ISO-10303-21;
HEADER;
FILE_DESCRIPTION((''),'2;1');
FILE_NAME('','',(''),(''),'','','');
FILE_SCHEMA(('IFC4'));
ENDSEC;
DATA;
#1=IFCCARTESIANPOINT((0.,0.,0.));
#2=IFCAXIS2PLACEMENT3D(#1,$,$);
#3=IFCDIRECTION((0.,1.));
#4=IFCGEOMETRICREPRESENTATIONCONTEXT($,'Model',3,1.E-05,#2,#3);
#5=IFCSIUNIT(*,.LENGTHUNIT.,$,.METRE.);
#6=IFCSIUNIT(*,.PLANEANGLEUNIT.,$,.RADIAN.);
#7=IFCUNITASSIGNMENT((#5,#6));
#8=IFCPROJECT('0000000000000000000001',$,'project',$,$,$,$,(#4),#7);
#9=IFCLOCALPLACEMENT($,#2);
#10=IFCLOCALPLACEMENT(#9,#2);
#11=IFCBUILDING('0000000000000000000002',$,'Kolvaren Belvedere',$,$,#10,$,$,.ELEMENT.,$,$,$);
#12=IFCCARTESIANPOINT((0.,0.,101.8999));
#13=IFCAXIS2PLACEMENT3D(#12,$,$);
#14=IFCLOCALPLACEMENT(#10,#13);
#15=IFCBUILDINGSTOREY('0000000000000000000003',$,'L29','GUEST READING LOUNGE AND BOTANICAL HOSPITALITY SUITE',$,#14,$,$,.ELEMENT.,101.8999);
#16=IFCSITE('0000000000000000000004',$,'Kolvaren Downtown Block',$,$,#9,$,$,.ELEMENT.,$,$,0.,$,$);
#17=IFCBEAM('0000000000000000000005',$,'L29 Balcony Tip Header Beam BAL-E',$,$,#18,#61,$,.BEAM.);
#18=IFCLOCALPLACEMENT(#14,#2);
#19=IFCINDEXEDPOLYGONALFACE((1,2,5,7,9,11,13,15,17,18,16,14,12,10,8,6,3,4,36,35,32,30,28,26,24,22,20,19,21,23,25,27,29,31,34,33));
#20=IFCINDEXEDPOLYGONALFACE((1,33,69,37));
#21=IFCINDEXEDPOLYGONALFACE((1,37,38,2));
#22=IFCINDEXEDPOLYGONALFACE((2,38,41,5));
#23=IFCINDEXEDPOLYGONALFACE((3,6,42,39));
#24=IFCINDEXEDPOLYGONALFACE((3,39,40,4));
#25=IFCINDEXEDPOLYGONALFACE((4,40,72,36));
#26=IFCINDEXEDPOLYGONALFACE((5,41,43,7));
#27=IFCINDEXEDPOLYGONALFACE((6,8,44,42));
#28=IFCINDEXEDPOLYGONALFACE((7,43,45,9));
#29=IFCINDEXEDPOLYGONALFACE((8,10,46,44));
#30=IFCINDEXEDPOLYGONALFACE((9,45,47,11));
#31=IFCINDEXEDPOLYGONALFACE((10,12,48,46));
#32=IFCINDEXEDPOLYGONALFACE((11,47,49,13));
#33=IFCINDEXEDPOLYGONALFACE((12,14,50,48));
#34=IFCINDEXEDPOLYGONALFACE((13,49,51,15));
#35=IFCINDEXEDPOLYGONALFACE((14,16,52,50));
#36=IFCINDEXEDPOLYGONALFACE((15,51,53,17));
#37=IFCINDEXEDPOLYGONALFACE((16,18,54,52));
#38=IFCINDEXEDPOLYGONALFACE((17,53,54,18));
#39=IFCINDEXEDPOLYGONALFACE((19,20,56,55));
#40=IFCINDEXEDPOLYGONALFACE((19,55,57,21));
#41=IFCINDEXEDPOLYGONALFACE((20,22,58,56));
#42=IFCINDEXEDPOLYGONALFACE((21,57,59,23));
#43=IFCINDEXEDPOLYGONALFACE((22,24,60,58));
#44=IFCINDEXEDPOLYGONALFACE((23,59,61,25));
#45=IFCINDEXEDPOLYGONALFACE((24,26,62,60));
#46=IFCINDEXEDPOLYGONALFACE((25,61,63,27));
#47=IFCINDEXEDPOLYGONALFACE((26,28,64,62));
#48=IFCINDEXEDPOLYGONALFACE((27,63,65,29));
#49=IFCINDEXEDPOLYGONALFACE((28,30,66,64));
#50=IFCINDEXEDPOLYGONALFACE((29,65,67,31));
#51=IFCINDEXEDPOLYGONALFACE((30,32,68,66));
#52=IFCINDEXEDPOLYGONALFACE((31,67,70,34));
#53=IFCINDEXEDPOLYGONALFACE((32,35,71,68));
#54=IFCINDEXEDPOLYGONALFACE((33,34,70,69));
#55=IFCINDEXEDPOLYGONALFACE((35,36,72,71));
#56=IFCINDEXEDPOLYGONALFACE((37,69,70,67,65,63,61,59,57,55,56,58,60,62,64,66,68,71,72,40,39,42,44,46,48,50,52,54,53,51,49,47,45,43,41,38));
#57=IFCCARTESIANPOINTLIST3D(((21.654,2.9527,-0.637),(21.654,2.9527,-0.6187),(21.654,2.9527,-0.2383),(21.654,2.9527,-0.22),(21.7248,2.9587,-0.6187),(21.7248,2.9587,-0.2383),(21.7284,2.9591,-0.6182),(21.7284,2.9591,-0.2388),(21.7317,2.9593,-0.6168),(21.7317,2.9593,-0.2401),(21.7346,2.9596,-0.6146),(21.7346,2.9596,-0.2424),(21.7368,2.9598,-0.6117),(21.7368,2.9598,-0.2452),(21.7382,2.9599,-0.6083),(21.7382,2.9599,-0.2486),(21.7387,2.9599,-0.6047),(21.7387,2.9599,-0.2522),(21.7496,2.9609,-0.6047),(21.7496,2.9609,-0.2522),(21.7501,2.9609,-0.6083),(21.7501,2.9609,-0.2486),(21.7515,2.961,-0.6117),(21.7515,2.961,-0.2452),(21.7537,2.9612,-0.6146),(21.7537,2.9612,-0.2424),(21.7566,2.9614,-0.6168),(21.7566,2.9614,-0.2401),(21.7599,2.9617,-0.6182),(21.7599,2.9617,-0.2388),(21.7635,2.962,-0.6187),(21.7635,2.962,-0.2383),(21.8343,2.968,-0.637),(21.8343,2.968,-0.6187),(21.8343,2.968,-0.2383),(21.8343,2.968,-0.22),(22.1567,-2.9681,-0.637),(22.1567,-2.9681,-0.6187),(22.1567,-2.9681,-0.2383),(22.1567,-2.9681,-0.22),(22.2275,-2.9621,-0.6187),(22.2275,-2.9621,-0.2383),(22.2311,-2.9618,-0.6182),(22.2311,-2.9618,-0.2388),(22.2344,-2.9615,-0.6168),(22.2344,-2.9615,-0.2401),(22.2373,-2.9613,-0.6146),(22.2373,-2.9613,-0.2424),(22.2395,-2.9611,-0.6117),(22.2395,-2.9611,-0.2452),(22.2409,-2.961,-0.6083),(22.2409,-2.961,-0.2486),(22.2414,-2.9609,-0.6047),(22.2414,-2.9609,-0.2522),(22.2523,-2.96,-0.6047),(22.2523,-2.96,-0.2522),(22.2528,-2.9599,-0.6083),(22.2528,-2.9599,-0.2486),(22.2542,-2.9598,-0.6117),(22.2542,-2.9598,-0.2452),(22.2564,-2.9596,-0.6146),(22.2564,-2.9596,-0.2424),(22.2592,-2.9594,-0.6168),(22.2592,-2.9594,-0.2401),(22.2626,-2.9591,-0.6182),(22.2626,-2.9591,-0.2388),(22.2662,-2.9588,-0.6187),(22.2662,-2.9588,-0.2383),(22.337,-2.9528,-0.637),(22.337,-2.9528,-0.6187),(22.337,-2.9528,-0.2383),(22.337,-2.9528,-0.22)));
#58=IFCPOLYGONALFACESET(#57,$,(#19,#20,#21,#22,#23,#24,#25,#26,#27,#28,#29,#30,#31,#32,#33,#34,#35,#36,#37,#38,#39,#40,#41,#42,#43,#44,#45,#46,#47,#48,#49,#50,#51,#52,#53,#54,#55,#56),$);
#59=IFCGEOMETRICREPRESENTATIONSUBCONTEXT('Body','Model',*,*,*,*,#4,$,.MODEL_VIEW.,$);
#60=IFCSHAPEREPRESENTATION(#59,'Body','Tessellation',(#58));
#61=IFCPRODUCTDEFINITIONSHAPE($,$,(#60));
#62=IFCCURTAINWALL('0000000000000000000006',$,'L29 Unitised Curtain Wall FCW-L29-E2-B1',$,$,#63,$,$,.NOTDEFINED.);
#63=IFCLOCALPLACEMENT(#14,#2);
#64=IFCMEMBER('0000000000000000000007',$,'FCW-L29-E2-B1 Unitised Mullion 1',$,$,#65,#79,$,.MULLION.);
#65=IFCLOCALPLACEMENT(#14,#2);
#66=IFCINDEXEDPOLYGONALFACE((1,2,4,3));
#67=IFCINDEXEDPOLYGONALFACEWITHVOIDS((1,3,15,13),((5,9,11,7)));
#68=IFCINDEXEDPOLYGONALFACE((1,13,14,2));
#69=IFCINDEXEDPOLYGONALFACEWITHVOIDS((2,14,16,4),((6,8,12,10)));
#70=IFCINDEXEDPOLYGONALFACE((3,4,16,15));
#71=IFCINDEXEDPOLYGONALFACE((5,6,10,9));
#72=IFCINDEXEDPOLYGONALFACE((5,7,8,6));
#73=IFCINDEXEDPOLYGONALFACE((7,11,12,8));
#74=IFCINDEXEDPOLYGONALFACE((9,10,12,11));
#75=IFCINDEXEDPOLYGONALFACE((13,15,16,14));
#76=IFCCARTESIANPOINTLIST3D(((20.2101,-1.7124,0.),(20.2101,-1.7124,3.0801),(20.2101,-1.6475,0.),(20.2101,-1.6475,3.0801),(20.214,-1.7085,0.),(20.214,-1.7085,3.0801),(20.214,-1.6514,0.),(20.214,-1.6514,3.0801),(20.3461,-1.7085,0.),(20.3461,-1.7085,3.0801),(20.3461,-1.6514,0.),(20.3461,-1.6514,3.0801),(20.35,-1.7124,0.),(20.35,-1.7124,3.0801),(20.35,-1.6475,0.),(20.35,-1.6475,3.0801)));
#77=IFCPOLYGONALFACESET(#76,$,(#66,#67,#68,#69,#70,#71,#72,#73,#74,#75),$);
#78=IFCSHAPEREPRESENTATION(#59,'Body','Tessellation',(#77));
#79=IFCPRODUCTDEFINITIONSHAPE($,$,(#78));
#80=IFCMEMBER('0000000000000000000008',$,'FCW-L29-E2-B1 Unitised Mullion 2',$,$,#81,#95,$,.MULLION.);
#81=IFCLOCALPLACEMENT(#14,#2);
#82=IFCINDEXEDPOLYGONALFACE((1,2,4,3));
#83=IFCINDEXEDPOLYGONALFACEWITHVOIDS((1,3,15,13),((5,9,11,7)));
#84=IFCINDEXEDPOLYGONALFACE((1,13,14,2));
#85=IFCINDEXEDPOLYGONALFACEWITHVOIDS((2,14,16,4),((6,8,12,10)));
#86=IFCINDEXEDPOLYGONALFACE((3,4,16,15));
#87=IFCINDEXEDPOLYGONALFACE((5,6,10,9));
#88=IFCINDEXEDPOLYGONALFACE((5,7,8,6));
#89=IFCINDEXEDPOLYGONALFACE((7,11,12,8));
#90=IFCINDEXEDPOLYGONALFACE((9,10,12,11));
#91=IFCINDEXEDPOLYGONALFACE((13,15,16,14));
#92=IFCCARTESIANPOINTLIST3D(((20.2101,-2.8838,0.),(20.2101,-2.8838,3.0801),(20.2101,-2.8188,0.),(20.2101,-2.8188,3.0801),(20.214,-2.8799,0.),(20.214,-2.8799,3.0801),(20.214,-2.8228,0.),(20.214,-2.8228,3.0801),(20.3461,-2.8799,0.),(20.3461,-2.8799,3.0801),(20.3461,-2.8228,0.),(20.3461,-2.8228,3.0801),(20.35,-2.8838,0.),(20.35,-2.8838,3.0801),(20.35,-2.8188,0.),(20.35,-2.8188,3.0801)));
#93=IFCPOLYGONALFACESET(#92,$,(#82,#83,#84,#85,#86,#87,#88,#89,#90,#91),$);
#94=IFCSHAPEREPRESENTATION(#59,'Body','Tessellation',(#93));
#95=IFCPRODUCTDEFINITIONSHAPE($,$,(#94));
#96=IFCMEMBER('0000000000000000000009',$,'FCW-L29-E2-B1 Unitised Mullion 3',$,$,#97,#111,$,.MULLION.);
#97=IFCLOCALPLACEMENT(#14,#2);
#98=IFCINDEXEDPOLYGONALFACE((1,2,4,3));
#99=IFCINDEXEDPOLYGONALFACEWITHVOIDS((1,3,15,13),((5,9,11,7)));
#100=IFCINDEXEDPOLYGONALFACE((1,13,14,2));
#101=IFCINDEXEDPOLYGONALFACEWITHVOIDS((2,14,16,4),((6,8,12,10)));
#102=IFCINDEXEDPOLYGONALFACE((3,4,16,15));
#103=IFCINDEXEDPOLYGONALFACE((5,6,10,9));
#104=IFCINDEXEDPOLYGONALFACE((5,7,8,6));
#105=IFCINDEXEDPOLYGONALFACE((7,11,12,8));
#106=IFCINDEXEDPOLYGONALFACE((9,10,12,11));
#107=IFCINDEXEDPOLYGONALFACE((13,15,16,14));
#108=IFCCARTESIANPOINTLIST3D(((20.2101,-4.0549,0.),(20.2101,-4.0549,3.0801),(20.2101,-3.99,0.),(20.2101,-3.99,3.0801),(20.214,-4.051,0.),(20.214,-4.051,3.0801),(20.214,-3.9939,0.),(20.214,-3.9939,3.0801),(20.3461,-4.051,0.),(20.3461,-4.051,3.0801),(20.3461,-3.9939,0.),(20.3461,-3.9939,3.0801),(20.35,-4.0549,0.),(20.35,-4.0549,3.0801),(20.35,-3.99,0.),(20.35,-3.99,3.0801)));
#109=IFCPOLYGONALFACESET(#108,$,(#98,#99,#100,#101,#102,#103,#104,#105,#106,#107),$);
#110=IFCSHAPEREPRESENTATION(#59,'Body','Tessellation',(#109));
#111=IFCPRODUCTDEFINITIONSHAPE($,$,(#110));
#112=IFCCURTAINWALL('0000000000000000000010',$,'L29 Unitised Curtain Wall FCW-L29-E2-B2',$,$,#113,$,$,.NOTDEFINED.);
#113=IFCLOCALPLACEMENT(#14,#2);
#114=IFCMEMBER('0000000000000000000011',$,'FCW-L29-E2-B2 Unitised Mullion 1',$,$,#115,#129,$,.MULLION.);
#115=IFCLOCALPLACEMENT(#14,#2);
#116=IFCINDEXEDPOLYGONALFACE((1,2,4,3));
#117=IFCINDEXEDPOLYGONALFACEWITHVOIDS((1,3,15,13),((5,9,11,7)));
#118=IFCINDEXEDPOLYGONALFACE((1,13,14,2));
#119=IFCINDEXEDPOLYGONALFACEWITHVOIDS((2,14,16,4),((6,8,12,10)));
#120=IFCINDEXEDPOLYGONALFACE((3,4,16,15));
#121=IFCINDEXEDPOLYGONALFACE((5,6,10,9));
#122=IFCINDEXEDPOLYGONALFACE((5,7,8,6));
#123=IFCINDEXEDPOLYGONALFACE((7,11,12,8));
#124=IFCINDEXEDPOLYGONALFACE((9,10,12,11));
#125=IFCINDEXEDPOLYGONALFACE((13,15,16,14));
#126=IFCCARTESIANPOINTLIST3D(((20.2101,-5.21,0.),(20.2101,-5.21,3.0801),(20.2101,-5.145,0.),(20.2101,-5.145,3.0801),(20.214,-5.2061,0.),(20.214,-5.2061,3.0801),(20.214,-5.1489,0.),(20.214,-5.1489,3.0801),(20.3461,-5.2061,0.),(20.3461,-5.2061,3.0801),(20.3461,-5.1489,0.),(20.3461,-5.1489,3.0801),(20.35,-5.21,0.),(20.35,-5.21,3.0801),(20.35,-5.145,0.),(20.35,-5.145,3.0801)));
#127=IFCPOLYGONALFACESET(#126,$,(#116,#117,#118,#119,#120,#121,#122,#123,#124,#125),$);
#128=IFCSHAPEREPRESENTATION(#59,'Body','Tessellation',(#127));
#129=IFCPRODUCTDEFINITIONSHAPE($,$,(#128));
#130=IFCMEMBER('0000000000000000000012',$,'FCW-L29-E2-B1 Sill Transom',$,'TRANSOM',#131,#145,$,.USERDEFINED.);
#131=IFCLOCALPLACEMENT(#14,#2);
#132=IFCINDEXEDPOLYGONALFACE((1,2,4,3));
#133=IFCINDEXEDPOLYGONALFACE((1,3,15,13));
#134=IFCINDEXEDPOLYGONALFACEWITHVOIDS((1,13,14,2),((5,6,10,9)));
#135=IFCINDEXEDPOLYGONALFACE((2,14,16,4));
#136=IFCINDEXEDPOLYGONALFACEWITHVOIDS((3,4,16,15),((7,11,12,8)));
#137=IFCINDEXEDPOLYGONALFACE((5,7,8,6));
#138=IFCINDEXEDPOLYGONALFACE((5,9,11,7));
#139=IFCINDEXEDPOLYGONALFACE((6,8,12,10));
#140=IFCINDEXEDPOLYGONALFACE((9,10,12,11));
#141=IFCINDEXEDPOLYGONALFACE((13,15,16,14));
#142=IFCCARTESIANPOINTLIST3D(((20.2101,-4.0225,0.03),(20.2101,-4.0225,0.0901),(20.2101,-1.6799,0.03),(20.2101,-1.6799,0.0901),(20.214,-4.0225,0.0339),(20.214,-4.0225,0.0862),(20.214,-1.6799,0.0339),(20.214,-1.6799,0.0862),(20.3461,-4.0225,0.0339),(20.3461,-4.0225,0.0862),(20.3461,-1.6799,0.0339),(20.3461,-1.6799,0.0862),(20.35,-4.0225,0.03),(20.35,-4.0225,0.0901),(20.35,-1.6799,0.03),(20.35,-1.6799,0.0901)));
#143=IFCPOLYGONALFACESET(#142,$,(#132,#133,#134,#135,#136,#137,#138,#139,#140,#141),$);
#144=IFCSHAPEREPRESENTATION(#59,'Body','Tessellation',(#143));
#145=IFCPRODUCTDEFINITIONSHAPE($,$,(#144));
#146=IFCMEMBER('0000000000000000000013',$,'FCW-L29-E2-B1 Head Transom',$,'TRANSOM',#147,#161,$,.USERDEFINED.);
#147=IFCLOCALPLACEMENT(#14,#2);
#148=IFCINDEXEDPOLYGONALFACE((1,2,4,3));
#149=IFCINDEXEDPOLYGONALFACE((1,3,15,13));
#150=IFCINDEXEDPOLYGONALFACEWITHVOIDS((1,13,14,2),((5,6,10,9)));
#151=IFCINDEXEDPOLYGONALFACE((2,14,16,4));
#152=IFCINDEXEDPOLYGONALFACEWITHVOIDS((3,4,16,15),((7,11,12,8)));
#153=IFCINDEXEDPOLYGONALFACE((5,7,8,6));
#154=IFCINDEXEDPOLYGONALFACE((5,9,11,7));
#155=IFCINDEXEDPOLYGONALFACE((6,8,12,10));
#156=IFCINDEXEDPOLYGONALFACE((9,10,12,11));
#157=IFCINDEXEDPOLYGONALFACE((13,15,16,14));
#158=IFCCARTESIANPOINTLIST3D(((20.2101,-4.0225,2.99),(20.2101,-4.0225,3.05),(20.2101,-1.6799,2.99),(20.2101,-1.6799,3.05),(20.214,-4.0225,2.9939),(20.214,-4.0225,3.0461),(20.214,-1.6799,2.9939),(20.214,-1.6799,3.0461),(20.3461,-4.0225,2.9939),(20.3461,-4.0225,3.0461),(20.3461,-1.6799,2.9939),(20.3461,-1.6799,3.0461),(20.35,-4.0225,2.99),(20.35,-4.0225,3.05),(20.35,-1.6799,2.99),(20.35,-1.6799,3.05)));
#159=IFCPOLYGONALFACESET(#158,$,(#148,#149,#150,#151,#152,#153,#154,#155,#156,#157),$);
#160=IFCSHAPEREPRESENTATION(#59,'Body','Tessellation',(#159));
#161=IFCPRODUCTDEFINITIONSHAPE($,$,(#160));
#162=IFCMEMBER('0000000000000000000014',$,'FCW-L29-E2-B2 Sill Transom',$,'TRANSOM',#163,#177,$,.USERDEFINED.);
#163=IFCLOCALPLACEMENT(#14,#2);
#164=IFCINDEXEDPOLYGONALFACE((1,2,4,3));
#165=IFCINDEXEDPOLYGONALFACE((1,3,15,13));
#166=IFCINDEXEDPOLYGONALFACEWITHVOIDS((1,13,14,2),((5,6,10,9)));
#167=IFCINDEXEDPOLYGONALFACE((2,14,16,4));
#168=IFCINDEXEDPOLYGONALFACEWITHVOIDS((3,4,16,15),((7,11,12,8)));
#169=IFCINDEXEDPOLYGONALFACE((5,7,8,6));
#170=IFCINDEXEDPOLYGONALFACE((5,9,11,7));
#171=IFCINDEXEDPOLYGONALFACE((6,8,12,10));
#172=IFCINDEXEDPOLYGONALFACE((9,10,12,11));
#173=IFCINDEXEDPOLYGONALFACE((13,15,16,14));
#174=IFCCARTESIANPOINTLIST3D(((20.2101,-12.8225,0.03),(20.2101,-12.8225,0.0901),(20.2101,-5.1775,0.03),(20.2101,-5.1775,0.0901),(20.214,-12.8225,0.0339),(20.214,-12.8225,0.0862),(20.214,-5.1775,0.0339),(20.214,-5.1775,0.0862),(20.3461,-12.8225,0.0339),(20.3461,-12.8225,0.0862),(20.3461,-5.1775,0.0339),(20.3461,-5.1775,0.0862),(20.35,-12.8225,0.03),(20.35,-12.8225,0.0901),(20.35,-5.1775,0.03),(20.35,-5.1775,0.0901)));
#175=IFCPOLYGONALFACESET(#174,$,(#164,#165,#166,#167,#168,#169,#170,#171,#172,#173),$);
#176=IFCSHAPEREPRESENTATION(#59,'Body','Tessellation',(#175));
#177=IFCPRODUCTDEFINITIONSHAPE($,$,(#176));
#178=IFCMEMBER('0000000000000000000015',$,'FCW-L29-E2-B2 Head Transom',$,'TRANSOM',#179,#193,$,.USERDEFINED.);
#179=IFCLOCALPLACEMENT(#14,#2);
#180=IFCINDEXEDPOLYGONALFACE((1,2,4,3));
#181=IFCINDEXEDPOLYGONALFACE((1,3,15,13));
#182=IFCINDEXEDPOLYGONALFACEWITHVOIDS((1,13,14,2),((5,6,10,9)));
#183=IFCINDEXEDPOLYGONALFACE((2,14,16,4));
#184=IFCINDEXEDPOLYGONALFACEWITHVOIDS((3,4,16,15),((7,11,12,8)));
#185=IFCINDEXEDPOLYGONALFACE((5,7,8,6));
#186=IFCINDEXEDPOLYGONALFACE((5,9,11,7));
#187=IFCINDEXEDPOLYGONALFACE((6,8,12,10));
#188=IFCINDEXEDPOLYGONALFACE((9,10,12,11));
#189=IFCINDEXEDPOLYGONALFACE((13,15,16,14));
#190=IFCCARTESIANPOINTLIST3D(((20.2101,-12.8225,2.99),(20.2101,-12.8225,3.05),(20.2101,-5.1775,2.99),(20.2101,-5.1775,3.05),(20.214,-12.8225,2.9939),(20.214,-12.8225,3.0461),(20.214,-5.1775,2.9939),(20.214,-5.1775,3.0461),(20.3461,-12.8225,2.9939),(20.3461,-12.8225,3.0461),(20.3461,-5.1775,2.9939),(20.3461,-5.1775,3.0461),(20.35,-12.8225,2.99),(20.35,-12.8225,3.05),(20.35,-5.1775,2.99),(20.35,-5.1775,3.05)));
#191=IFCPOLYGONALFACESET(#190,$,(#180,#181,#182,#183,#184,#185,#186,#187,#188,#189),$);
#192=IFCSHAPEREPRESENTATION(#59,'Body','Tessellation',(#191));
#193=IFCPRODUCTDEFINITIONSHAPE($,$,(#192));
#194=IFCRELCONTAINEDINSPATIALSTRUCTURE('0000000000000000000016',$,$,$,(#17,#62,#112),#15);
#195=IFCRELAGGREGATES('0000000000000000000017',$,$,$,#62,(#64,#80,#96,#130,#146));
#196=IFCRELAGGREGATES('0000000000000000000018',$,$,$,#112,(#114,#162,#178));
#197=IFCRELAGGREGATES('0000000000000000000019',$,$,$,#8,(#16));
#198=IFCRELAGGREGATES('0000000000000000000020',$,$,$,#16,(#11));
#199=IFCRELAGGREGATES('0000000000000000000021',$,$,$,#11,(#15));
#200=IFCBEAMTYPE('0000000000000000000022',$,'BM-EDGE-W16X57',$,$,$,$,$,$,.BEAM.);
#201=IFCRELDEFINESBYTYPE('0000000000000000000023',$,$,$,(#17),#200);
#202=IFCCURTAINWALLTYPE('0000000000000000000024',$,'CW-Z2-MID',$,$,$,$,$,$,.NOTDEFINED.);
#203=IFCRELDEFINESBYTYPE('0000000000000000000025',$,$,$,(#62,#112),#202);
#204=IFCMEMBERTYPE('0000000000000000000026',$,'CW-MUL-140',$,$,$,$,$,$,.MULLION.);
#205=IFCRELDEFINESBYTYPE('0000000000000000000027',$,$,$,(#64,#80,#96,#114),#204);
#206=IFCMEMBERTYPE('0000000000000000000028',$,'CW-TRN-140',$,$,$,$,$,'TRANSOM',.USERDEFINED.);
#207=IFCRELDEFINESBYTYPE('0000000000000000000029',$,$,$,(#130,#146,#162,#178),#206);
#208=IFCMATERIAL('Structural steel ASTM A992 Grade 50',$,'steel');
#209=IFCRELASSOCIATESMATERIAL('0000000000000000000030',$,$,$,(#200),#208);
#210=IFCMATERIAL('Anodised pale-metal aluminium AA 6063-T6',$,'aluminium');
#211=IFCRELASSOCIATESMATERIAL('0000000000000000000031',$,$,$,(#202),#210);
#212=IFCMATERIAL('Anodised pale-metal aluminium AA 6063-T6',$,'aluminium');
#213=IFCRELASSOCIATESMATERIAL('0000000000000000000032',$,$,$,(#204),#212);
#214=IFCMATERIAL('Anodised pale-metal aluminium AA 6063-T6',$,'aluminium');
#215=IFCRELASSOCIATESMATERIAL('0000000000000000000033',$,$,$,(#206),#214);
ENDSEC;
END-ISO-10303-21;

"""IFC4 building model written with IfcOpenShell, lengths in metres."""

from ifc_helpers import new_model, si_unit, direction, frame, origin, origin_2d, place, context, subcontext, project, spatial, hollow_rectangle, i_section, extrude, material, material_profile, profile_set, type_object, element, aggregate, save


model = new_model("IFC4")

# Units and contexts
model_context = context("Model", 3, precision=1e-05, world=origin(), true_north=direction((0.0, 1.0)))
body_context = subcontext(model_context, "Body", "Model", "MODEL_VIEW")
ifc_project = project(units=[si_unit("LENGTHUNIT", "METRE"), si_unit("PLANEANGLEUNIT", "RADIAN")], contexts=[model_context])

# Site, building, storey
site_placement = place(None, origin())
site = spatial("IfcSite", under=ifc_project, at=site_placement, Name="Kolvaren Downtown Block", CompositionType="ELEMENT", RefElevation=0.0)
building_placement = place(site_placement, origin())
building = spatial("IfcBuilding", under=site, at=building_placement, Name="Kolvaren Belvedere", CompositionType="ELEMENT")
storey_placement = place(building_placement, frame((0.0, 0.0, 101.8999)))
storey = spatial("IfcBuildingStorey", under=building, at=storey_placement, Name="L29", Description="GUEST READING LOUNGE AND BOTANICAL HOSPITALITY SUITE", CompositionType="ELEMENT", Elevation=101.8999)

# Beam
ifc_material_1 = material(Name="Structural steel ASTM A992 Grade 50", Category="steel")
ifc_material_profile_1 = material_profile(ifc_material_1, i_section(OverallWidth=0.1809, OverallDepth=0.417, WebThickness=0.011, FlangeThickness=0.0183, FilletRadius=0.0139, at=origin_2d()), Name="W16X57")
ifc_profile_set_1 = profile_set([ifc_material_profile_1], Name="Structural steel ASTM A992 Grade 50")
beam_type = type_object("IfcBeamType", Name="BM-EDGE-W16X57", PredefinedType="BEAM", material=ifc_profile_set_1)
beam_placement = place(storey_placement, frame((22.2468, -2.9604, -0.4285), z_axis=(-0.084596, 0.996415, 0.0), x_axis=(-0.996415, -0.084596, 0.0)))
element("IfcBeam", 1, at=beam_placement, inside=storey, type_object=beam_type, Name="L29 Balcony Tip Header Beam BAL-E", PredefinedType="BEAM", context=body_context, shape_type="SweptSolid", body=[
    extrude(i_section(OverallWidth=0.1809, OverallDepth=0.417, WebThickness=0.011, FlangeThickness=0.0183, FilletRadius=0.0139, at=origin_2d()), origin(), (0.0, 0.0, 1.0), 5.9421),
])

# Curtain wall, members
ifc_material_2 = material(Name="Anodised pale-metal aluminium AA 6063-T6", Category="aluminium")
curtain_wall_type = type_object("IfcCurtainWallType", Name="CW-Z2-MID", PredefinedType="NOTDEFINED", material=ifc_material_2)
curtain_wall_1_placement = place(storey_placement, origin())
curtain_wall_1 = element("IfcCurtainWall", 2, at=curtain_wall_1_placement, inside=storey, type_object=curtain_wall_type, Name="L29 Unitised Curtain Wall FCW-L29-E2-B1", PredefinedType="NOTDEFINED")
ifc_material_3 = material(Name="Anodised pale-metal aluminium AA 6063-T6", Category="aluminium")
ifc_material_profile_2 = material_profile(ifc_material_3, hollow_rectangle(XDim=0.0649, YDim=0.1399, WallThickness=0.0039, at=origin_2d()), Name="ALU-MUL-140X65")
ifc_profile_set_2 = profile_set([ifc_material_profile_2], Name="Anodised pale-metal aluminium AA 6063-T6")
member_type_1 = type_object("IfcMemberType", Name="CW-MUL-140", PredefinedType="MULLION", material=ifc_profile_set_2)
member_1_placement = place(storey_placement, frame((20.28, -1.6799, 0.0), z_axis=(0.0, 0.0, 1.0), x_axis=(0.0, 1.0, 0.0)))
member_1 = element("IfcMember", 3, at=member_1_placement, type_object=member_type_1, Name="FCW-L29-E2-B1 Unitised Mullion 1", PredefinedType="MULLION", context=body_context, shape_type="SweptSolid", body=[
    extrude(hollow_rectangle(XDim=0.0649, YDim=0.1399, WallThickness=0.0039, at=origin_2d()), origin(), (0.0, 0.0, 1.0), 3.0801),
])
member_2_placement = place(storey_placement, frame((20.28, -2.8513, 0.0), z_axis=(0.0, 0.0, 1.0), x_axis=(0.0, 1.0, 0.0)))
member_2 = element("IfcMember", 4, at=member_2_placement, type_object=member_type_1, Name="FCW-L29-E2-B1 Unitised Mullion 2", PredefinedType="MULLION", context=body_context, shape_type="SweptSolid", body=[
    extrude(hollow_rectangle(XDim=0.0649, YDim=0.1399, WallThickness=0.0039, at=origin_2d()), origin(), (0.0, 0.0, 1.0), 3.0801),
])
member_3_placement = place(storey_placement, frame((20.28, -4.0225, 0.0), z_axis=(0.0, 0.0, 1.0), x_axis=(0.0, 1.0, 0.0)))
member_3 = element("IfcMember", 5, at=member_3_placement, type_object=member_type_1, Name="FCW-L29-E2-B1 Unitised Mullion 3", PredefinedType="MULLION", context=body_context, shape_type="SweptSolid", body=[
    extrude(hollow_rectangle(XDim=0.0649, YDim=0.1399, WallThickness=0.0039, at=origin_2d()), origin(), (0.0, 0.0, 1.0), 3.0801),
])

# Curtain wall, member
curtain_wall_2_placement = place(storey_placement, origin())
curtain_wall_2 = element("IfcCurtainWall", 6, at=curtain_wall_2_placement, inside=storey, type_object=curtain_wall_type, Name="L29 Unitised Curtain Wall FCW-L29-E2-B2", PredefinedType="NOTDEFINED")
member_4_placement = place(storey_placement, frame((20.28, -5.1775, 0.0), z_axis=(0.0, 0.0, 1.0), x_axis=(0.0, 1.0, 0.0)))
member_4 = element("IfcMember", 7, at=member_4_placement, type_object=member_type_1, Name="FCW-L29-E2-B2 Unitised Mullion 1", PredefinedType="MULLION", context=body_context, shape_type="SweptSolid", body=[
    extrude(hollow_rectangle(XDim=0.0649, YDim=0.1399, WallThickness=0.0039, at=origin_2d()), origin(), (0.0, 0.0, 1.0), 3.0801),
])

# Members
ifc_material_4 = material(Name="Anodised pale-metal aluminium AA 6063-T6", Category="aluminium")
ifc_material_profile_3 = material_profile(ifc_material_4, hollow_rectangle(XDim=0.0601, YDim=0.1399, WallThickness=0.0039, at=origin_2d()), Name="ALU-TRN-140X60")
ifc_profile_set_3 = profile_set([ifc_material_profile_3], Name="Anodised pale-metal aluminium AA 6063-T6")
member_type_2 = type_object("IfcMemberType", Name="CW-TRN-140", ElementType="TRANSOM", PredefinedType="USERDEFINED", material=ifc_profile_set_3)
member_5_placement = place(storey_placement, frame((20.28, -1.6799, 0.0601), z_axis=(0.0, -1.0, 0.0), x_axis=(0.0, 0.0, 1.0)))
member_5 = element("IfcMember", 8, at=member_5_placement, type_object=member_type_2, Name="FCW-L29-E2-B1 Sill Transom", ObjectType="TRANSOM", PredefinedType="USERDEFINED", context=body_context, shape_type="SweptSolid", body=[
    extrude(hollow_rectangle(XDim=0.0601, YDim=0.1399, WallThickness=0.0039, at=origin_2d()), origin(), (0.0, 0.0, 1.0), 2.3425),
])
member_6_placement = place(storey_placement, frame((20.28, -1.6799, 3.02), z_axis=(0.0, -1.0, 0.0), x_axis=(0.0, 0.0, 1.0)))
member_6 = element("IfcMember", 9, at=member_6_placement, type_object=member_type_2, Name="FCW-L29-E2-B1 Head Transom", ObjectType="TRANSOM", PredefinedType="USERDEFINED", context=body_context, shape_type="SweptSolid", body=[
    extrude(hollow_rectangle(XDim=0.0601, YDim=0.1399, WallThickness=0.0039, at=origin_2d()), origin(), (0.0, 0.0, 1.0), 2.3425),
])
member_7_placement = place(storey_placement, frame((20.28, -5.1775, 0.0601), z_axis=(0.0, -1.0, 0.0), x_axis=(0.0, 0.0, 1.0)))
member_7 = element("IfcMember", 10, at=member_7_placement, type_object=member_type_2, Name="FCW-L29-E2-B2 Sill Transom", ObjectType="TRANSOM", PredefinedType="USERDEFINED", context=body_context, shape_type="SweptSolid", body=[
    extrude(hollow_rectangle(XDim=0.0601, YDim=0.1399, WallThickness=0.0039, at=origin_2d()), origin(), (0.0, 0.0, 1.0), 7.645),
])
member_8_placement = place(storey_placement, frame((20.28, -5.1775, 3.02), z_axis=(0.0, -1.0, 0.0), x_axis=(0.0, 0.0, 1.0)))
member_8 = element("IfcMember", 11, at=member_8_placement, type_object=member_type_2, Name="FCW-L29-E2-B2 Head Transom", ObjectType="TRANSOM", PredefinedType="USERDEFINED", context=body_context, shape_type="SweptSolid", body=[
    extrude(hollow_rectangle(XDim=0.0601, YDim=0.1399, WallThickness=0.0039, at=origin_2d()), origin(), (0.0, 0.0, 1.0), 7.645),
])

aggregate(curtain_wall_1, [member_1, member_2, member_3, member_5, member_6])
aggregate(curtain_wall_2, [member_4, member_7, member_8])

save(model, "model.ifc")
